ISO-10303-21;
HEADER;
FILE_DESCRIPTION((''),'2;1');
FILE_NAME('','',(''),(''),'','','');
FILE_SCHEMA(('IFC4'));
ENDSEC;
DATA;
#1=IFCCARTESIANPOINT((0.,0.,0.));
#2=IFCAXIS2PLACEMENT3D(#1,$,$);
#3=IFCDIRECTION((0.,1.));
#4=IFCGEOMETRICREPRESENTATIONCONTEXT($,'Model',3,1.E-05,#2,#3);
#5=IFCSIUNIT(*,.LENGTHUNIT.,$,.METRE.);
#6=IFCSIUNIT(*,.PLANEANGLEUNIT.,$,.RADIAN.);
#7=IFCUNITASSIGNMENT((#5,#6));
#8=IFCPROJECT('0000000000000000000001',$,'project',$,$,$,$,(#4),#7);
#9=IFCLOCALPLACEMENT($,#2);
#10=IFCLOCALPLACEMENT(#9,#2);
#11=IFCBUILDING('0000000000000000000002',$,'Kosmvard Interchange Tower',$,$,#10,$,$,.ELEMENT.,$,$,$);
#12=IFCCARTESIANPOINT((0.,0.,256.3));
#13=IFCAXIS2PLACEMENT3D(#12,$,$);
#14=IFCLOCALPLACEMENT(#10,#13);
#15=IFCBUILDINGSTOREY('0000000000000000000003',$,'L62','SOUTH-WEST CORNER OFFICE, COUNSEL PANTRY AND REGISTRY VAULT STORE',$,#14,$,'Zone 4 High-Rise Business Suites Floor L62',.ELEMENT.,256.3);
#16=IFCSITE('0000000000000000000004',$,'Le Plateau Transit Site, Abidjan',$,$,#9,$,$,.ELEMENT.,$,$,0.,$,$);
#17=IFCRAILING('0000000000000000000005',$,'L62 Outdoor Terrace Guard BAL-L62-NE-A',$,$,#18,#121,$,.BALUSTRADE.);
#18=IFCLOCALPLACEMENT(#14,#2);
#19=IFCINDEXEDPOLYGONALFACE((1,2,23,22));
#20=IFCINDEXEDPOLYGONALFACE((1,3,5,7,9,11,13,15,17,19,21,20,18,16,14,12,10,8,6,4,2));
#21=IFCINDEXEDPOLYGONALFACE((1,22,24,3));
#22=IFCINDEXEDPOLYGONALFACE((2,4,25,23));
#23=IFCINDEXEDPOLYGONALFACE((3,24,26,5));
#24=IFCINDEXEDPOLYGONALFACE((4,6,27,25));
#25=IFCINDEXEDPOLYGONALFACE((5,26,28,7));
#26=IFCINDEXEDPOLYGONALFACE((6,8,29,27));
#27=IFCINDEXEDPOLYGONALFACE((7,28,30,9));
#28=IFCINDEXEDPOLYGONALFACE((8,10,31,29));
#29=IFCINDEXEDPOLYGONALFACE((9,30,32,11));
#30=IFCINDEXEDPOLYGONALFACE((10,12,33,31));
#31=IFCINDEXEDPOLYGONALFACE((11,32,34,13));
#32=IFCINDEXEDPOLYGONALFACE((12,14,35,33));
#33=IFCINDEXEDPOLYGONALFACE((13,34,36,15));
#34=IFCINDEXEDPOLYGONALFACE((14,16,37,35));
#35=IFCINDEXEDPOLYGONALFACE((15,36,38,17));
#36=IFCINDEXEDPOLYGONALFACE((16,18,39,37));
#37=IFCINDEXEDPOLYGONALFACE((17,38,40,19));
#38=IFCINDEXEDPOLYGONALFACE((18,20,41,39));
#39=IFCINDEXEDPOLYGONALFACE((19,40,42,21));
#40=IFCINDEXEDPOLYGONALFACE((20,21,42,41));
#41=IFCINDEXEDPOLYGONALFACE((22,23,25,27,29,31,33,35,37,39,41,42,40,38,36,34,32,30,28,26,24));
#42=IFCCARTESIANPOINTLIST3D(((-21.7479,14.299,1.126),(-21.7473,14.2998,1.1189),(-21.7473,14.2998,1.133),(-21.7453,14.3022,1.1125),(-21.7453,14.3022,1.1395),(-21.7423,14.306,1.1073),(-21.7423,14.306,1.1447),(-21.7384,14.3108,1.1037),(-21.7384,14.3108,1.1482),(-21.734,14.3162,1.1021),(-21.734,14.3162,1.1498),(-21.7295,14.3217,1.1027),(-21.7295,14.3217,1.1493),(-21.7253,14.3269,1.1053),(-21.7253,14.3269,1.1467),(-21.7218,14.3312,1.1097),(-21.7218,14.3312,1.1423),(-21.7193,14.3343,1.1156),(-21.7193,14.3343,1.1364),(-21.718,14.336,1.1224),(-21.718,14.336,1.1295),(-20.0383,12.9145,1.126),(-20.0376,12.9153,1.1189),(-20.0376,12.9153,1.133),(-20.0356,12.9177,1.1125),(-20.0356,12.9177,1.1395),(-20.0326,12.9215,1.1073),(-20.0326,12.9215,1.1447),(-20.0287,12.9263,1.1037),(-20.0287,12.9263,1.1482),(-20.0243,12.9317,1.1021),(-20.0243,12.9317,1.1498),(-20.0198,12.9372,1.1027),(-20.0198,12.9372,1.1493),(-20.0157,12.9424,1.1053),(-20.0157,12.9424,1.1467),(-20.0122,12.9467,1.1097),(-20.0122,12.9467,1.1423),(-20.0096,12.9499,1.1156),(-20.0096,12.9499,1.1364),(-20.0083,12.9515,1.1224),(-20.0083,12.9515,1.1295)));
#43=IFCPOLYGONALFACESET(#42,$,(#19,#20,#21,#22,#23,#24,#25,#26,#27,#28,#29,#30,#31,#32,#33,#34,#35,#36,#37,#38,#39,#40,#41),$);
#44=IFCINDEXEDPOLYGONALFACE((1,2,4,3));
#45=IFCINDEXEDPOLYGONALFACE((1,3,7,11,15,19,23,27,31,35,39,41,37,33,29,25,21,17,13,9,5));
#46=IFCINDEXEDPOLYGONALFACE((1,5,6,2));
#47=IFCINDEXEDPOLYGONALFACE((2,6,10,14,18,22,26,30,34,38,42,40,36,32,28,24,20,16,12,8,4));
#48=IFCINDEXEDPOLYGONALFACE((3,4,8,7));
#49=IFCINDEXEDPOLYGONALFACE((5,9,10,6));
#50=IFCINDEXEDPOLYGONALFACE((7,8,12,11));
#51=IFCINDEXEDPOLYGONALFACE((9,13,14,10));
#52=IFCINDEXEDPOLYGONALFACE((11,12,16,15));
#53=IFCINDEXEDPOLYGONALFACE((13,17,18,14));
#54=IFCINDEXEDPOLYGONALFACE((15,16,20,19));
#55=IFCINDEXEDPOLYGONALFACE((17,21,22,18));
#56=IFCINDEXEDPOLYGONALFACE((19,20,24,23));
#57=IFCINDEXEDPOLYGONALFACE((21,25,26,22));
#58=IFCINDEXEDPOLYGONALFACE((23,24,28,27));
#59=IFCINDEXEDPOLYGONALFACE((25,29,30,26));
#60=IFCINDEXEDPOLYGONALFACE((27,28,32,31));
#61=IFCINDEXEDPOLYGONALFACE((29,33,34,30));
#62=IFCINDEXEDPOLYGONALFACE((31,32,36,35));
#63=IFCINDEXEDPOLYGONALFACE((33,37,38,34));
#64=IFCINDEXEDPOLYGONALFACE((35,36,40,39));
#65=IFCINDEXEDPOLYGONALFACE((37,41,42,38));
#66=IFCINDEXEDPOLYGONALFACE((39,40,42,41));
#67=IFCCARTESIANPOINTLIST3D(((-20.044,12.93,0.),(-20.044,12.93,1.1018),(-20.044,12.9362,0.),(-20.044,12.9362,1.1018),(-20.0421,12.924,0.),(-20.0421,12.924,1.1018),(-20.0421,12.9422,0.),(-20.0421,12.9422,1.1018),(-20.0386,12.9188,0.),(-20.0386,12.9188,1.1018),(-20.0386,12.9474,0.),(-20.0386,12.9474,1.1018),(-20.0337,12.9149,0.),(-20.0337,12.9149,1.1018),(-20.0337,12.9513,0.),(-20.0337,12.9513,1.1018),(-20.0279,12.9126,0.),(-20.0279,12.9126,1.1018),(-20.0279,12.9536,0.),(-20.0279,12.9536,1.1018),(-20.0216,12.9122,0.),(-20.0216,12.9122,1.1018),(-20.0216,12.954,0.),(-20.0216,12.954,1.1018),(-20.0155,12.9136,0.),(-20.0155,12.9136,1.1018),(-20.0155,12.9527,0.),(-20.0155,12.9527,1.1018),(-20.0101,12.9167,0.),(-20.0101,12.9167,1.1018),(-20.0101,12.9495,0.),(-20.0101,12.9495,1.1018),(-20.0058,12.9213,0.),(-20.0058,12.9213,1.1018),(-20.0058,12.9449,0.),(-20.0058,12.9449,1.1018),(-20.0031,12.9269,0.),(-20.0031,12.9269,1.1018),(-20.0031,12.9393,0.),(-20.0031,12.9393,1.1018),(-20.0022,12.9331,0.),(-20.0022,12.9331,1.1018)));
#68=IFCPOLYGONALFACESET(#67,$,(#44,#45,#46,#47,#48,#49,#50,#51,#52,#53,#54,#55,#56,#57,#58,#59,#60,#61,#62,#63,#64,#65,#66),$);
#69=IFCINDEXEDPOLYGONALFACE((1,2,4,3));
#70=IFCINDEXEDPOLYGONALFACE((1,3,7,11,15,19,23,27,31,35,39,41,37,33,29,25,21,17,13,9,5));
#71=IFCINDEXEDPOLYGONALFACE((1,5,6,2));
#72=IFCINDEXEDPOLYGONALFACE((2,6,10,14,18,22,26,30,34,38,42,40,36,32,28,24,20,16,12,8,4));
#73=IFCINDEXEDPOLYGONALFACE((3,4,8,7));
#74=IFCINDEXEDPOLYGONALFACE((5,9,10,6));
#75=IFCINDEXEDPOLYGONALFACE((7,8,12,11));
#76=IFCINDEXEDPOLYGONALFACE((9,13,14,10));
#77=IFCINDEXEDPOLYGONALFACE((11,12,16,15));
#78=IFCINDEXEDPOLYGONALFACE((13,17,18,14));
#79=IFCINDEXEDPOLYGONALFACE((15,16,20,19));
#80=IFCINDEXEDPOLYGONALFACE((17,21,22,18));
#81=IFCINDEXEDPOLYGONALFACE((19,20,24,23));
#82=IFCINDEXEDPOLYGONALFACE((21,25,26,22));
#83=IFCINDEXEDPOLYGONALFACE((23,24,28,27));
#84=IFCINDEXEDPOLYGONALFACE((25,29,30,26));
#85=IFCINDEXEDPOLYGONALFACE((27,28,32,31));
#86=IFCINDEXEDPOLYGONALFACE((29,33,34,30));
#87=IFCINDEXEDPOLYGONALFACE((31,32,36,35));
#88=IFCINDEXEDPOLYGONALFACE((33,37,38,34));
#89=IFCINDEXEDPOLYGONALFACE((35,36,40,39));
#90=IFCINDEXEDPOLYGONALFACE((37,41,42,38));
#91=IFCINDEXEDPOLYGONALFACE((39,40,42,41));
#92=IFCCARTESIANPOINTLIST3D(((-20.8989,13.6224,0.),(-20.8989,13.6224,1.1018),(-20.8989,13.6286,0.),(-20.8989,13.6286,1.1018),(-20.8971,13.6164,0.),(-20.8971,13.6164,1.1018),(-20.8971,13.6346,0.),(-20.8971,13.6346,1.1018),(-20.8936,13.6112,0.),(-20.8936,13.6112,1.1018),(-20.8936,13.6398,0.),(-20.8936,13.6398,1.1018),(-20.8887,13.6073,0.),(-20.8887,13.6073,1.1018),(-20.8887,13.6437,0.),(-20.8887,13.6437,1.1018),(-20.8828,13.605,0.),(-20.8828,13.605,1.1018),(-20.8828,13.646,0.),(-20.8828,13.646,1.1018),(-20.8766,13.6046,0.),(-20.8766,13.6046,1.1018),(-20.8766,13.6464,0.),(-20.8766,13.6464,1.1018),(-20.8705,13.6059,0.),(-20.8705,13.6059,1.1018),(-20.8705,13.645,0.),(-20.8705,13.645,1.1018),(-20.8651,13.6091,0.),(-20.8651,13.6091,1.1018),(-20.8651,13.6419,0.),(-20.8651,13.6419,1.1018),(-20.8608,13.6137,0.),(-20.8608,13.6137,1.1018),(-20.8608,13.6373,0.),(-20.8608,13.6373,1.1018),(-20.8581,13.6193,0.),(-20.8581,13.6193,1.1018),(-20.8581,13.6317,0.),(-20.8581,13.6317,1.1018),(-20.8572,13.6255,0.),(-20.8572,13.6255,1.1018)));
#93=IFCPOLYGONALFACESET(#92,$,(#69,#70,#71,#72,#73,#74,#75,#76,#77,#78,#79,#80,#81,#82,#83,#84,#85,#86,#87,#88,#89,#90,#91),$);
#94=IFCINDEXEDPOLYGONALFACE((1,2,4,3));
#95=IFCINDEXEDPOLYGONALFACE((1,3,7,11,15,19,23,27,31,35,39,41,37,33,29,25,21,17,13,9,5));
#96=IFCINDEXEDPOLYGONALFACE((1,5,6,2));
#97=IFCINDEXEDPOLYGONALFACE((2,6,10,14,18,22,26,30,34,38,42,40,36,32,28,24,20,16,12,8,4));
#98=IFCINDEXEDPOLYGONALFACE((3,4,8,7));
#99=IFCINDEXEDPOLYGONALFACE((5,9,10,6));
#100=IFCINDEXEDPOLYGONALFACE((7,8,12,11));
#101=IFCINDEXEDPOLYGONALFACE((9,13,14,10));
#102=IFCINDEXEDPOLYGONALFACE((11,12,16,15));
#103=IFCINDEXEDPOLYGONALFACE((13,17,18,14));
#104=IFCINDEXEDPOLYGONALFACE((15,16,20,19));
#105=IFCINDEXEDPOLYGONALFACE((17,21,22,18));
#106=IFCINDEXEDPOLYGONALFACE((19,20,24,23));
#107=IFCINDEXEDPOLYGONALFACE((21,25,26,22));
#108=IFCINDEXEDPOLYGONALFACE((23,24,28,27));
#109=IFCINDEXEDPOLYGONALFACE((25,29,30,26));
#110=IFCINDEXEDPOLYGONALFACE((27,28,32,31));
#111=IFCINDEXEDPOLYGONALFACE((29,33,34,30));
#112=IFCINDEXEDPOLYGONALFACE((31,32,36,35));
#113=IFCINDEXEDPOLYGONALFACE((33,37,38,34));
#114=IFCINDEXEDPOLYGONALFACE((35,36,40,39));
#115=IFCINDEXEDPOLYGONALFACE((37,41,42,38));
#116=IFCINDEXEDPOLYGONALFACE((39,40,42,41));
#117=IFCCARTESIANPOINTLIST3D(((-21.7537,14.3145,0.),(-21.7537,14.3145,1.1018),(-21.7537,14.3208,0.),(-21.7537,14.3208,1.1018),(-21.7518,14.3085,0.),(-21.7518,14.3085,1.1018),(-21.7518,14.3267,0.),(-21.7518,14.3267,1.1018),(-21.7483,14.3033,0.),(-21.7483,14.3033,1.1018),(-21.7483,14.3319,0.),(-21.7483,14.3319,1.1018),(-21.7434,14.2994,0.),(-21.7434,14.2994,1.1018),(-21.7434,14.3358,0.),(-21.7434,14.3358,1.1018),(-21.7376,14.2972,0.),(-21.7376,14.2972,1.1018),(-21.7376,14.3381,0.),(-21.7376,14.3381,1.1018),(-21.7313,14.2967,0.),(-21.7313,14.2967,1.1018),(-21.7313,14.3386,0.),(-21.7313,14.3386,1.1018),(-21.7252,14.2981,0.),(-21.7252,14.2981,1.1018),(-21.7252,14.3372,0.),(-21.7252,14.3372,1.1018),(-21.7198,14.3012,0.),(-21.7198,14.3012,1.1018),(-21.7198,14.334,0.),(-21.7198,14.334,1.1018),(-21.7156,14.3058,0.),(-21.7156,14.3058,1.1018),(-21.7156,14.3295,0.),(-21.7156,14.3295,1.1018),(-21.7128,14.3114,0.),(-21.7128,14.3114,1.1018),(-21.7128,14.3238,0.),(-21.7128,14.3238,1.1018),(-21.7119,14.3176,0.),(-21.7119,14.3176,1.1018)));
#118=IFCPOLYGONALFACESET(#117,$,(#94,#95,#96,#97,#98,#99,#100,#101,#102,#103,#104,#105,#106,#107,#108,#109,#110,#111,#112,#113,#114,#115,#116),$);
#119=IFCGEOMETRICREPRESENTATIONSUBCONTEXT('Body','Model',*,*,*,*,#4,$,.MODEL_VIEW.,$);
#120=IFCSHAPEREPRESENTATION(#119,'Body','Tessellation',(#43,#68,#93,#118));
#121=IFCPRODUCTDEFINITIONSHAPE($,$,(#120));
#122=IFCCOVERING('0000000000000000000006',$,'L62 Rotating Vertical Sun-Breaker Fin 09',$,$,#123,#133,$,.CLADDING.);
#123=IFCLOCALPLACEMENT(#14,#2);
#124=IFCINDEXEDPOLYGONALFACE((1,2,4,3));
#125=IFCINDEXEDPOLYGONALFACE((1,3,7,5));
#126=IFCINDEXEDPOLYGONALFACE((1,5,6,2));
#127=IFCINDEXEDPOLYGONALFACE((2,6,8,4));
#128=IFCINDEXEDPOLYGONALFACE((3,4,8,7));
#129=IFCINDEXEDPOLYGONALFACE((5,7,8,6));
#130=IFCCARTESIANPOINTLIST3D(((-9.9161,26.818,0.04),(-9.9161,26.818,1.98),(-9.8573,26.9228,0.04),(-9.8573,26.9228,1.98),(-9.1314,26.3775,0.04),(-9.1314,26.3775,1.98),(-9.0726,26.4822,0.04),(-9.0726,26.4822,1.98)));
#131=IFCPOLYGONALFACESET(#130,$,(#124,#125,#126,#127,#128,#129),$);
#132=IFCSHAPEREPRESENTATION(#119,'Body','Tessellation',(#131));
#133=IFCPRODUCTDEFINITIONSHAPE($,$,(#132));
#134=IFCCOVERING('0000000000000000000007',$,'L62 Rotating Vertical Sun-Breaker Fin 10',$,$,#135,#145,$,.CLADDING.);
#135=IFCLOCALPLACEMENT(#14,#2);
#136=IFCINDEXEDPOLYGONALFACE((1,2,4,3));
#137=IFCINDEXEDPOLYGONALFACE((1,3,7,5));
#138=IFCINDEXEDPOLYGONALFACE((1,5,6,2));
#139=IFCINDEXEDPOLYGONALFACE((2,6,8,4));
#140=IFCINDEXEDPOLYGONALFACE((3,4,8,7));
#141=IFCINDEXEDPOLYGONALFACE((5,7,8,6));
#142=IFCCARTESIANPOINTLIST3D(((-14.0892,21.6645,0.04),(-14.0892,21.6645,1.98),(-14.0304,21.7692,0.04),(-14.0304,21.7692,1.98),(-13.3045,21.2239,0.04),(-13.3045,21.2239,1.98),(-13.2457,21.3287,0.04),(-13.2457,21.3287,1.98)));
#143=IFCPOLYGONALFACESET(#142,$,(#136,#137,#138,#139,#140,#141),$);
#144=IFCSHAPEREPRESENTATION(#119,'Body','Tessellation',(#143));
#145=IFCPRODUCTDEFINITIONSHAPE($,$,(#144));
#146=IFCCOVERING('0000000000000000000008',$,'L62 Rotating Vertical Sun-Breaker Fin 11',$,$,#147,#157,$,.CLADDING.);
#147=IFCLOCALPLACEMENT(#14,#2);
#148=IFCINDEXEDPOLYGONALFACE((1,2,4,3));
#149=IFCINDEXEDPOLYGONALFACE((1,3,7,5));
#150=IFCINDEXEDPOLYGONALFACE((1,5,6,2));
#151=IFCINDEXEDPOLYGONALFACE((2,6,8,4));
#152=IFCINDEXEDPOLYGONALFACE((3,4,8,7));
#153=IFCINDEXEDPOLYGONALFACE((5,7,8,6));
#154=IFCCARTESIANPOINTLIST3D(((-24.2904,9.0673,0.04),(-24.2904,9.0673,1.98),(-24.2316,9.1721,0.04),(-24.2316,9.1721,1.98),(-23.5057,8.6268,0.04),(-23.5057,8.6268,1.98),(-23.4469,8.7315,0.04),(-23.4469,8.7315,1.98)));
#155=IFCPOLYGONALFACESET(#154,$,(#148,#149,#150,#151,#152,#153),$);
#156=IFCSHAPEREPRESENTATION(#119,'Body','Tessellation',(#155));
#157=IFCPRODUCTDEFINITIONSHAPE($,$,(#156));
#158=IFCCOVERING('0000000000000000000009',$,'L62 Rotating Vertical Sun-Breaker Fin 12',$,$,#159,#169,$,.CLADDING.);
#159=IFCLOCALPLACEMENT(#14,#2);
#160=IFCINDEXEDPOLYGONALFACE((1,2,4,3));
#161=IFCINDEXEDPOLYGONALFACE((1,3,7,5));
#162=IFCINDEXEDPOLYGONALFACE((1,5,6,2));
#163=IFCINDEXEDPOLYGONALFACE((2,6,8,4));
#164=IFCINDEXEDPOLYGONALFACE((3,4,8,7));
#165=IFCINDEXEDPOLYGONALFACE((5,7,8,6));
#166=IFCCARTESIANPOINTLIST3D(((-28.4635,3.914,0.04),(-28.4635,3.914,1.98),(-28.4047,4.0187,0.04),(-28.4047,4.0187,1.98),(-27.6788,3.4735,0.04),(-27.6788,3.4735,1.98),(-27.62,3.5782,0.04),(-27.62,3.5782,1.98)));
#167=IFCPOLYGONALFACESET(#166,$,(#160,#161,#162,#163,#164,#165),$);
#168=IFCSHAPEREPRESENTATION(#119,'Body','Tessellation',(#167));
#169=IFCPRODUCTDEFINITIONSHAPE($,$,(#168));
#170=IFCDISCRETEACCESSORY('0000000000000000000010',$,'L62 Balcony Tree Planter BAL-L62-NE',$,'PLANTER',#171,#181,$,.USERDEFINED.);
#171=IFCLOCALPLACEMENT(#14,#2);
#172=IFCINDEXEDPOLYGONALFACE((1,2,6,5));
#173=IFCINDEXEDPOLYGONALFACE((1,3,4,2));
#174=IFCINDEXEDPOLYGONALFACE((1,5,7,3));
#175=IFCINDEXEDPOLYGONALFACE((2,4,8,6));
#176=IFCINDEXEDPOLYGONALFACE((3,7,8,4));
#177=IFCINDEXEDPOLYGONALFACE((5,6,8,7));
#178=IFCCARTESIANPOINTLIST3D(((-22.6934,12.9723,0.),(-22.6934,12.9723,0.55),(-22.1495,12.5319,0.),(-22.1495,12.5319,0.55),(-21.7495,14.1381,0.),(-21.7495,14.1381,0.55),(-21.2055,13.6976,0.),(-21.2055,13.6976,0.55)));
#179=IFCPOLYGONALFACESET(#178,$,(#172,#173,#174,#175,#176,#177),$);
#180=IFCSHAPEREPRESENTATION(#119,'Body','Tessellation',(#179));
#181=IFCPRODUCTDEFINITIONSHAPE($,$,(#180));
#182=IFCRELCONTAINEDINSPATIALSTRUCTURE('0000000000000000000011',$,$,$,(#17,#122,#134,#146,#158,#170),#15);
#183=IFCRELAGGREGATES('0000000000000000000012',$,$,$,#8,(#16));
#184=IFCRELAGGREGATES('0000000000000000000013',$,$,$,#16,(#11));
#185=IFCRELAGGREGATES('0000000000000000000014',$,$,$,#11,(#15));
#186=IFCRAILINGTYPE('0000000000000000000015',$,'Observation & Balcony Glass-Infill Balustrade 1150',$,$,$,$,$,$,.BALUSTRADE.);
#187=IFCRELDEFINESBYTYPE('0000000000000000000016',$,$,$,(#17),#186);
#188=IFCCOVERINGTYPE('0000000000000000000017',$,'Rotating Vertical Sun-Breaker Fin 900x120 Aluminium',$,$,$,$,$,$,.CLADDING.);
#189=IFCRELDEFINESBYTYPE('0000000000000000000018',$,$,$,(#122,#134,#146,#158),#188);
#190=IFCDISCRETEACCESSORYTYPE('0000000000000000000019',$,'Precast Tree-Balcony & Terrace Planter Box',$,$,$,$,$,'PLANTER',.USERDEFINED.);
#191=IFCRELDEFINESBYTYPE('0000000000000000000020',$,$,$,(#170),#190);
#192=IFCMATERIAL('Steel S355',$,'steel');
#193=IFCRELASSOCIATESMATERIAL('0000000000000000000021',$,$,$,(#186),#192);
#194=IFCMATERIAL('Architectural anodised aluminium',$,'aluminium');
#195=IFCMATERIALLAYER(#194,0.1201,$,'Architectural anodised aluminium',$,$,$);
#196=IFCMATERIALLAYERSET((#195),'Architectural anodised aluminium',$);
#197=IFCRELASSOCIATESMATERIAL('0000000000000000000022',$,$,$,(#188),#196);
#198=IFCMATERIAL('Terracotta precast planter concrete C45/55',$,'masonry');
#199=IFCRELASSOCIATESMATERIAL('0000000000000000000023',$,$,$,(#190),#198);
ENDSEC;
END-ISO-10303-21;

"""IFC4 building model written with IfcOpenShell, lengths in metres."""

from ifc_helpers import new_model, si_unit, direction, frame, origin, origin_2d, place, context, subcontext, project, spatial, rectangle, circle, extrude, source, transform, mapped, material, layer, layer_set, type_object, element, save


model = new_model("IFC4")

# Units and contexts
model_context = context("Model", 3, precision=1e-05, world=origin(), true_north=direction((0.0, 1.0)))
body_context = subcontext(model_context, "Body", "Model", "MODEL_VIEW")
ifc_project = project(units=[si_unit("LENGTHUNIT", "METRE"), si_unit("PLANEANGLEUNIT", "RADIAN")], contexts=[model_context])

# Site, building, storey
site_placement = place(None, origin())
site = spatial("IfcSite", under=ifc_project, at=site_placement, Name="Le Plateau Transit Site, Abidjan", CompositionType="ELEMENT", RefElevation=0.0)
building_placement = place(site_placement, origin())
building = spatial("IfcBuilding", under=site, at=building_placement, Name="Kosmvard Interchange Tower", CompositionType="ELEMENT")
storey_placement = place(building_placement, frame((0.0, 0.0, 256.3)))
storey = spatial("IfcBuildingStorey", under=building, at=storey_placement, Name="L62", Description="SOUTH-WEST CORNER OFFICE, COUNSEL PANTRY AND REGISTRY VAULT STORE", LongName="Zone 4 High-Rise Business Suites Floor L62", CompositionType="ELEMENT", Elevation=256.3)

# Shared definitions
ifc_material_1 = material(Name="Steel S355", Category="steel")

# Railing
railing_type = type_object("IfcRailingType", Name="Observation & Balcony Glass-Infill Balustrade 1150", PredefinedType="BALUSTRADE", material=ifc_material_1)
shared_shape_1 = source(origin(), body_context, "Body", "SweptSolid", [
    extrude(circle(Radius=0.0239, at=origin_2d()), frame((0.0, 0.0, 1.126), z_axis=(-0.777141, 0.629326, 0.0), x_axis=(-0.629326, -0.777141, 0.0)), (0.0, 0.0, 1.0), 2.2),
    extrude(circle(Radius=0.021, at=origin_2d()), origin(), (0.0, 0.0, 1.0), 1.1018),
    extrude(circle(Radius=0.021, at=origin_2d()), frame((-0.855, 0.6924, 0.0)), (0.0, 0.0, 1.0), 1.1018),
    extrude(circle(Radius=0.021, at=origin_2d()), frame((-1.7097, 1.3845, 0.0)), (0.0, 0.0, 1.0), 1.1018),
])
railing_1_placement = place(storey_placement, frame((-20.0232, 12.9331, 0.0)))
element("IfcRailing", 1, at=railing_1_placement, inside=storey, type_object=railing_type, Name="L62 Outdoor Terrace Guard BAL-L62-NE-A", PredefinedType="BALUSTRADE", context=body_context, shape_type="MappedRepresentation", body=[
    mapped(shared_shape_1, transform((0.0, 0.0, 0.0), scale=1.0)),
])

# Coverings
ifc_material_2 = material(Name="Architectural anodised aluminium", Category="aluminium")
ifc_layer_1 = layer(ifc_material_2, 0.1201, Name="Architectural anodised aluminium")
ifc_layer_set_1 = layer_set([ifc_layer_1], Name="Architectural anodised aluminium")
covering_type = type_object("IfcCoveringType", Name="Rotating Vertical Sun-Breaker Fin 900x120 Aluminium", PredefinedType="CLADDING", material=ifc_layer_set_1)
shared_shape_2 = source(origin(), body_context, "Body", "SweptSolid", [
    extrude(rectangle(XDim=0.8999, YDim=0.1201, at=origin_2d()), origin(), (0.0, 0.0, 1.0), 1.9399),
])
for number, where, z_axis, x_axis, name in (
    (2, (-9.4944, 26.6501, 0.04), (0.0, 0.0, 1.0), (-0.871984, 0.489535, 0.0), "L62 Rotating Vertical Sun-Breaker Fin 09"),
    (3, (-13.6675, 21.4966, 0.04), (0.0, 0.0, 1.0), (-0.871984, 0.489535, 0.0), "L62 Rotating Vertical Sun-Breaker Fin 10"),
    (4, (-23.8687, 8.8994, 0.04), (0.0, 0.0, 1.0), (-0.871984, 0.489535, 0.0), "L62 Rotating Vertical Sun-Breaker Fin 11"),
    (5, (-28.0417, 3.7461, 0.04), (0.0, 0.0, 1.0), (-0.871984, 0.489535, 0.0), "L62 Rotating Vertical Sun-Breaker Fin 12"),
):
    element("IfcCovering", number, at=place(storey_placement, frame(where, z_axis=z_axis, x_axis=x_axis)), inside=storey, type_object=covering_type, Name=name, PredefinedType="CLADDING", context=body_context, shape_type="MappedRepresentation", body=[
        mapped(shared_shape_2, transform((0.0, 0.0, 0.0), scale=1.0)),
    ])

# Discrete accessory
ifc_material_3 = material(Name="Terracotta precast planter concrete C45/55", Category="masonry")
discrete_accessory_type = type_object("IfcDiscreteAccessoryType", Name="Precast Tree-Balcony & Terrace Planter Box", ElementType="PLANTER", PredefinedType="USERDEFINED", material=ifc_material_3)
shared_shape_3 = source(origin(), body_context, "Body", "SweptSolid", [
    extrude(rectangle(XDim=1.5, YDim=0.7, at=origin_2d()), origin(), (0.0, 0.0, 1.0), 0.55),
])
discrete_accessory_placement = place(storey_placement, frame((-21.9495, 13.335, 0.0), z_axis=(0.0, 0.0, 1.0), x_axis=(0.62932, 0.777146, 0.0)))
element("IfcDiscreteAccessory", 6, at=discrete_accessory_placement, inside=storey, type_object=discrete_accessory_type, Name="L62 Balcony Tree Planter BAL-L62-NE", ObjectType="PLANTER", PredefinedType="USERDEFINED", context=body_context, shape_type="MappedRepresentation", body=[
    mapped(shared_shape_3, transform((0.0, 0.0, 0.0), scale=1.0)),
])

save(model, "model.ifc")
